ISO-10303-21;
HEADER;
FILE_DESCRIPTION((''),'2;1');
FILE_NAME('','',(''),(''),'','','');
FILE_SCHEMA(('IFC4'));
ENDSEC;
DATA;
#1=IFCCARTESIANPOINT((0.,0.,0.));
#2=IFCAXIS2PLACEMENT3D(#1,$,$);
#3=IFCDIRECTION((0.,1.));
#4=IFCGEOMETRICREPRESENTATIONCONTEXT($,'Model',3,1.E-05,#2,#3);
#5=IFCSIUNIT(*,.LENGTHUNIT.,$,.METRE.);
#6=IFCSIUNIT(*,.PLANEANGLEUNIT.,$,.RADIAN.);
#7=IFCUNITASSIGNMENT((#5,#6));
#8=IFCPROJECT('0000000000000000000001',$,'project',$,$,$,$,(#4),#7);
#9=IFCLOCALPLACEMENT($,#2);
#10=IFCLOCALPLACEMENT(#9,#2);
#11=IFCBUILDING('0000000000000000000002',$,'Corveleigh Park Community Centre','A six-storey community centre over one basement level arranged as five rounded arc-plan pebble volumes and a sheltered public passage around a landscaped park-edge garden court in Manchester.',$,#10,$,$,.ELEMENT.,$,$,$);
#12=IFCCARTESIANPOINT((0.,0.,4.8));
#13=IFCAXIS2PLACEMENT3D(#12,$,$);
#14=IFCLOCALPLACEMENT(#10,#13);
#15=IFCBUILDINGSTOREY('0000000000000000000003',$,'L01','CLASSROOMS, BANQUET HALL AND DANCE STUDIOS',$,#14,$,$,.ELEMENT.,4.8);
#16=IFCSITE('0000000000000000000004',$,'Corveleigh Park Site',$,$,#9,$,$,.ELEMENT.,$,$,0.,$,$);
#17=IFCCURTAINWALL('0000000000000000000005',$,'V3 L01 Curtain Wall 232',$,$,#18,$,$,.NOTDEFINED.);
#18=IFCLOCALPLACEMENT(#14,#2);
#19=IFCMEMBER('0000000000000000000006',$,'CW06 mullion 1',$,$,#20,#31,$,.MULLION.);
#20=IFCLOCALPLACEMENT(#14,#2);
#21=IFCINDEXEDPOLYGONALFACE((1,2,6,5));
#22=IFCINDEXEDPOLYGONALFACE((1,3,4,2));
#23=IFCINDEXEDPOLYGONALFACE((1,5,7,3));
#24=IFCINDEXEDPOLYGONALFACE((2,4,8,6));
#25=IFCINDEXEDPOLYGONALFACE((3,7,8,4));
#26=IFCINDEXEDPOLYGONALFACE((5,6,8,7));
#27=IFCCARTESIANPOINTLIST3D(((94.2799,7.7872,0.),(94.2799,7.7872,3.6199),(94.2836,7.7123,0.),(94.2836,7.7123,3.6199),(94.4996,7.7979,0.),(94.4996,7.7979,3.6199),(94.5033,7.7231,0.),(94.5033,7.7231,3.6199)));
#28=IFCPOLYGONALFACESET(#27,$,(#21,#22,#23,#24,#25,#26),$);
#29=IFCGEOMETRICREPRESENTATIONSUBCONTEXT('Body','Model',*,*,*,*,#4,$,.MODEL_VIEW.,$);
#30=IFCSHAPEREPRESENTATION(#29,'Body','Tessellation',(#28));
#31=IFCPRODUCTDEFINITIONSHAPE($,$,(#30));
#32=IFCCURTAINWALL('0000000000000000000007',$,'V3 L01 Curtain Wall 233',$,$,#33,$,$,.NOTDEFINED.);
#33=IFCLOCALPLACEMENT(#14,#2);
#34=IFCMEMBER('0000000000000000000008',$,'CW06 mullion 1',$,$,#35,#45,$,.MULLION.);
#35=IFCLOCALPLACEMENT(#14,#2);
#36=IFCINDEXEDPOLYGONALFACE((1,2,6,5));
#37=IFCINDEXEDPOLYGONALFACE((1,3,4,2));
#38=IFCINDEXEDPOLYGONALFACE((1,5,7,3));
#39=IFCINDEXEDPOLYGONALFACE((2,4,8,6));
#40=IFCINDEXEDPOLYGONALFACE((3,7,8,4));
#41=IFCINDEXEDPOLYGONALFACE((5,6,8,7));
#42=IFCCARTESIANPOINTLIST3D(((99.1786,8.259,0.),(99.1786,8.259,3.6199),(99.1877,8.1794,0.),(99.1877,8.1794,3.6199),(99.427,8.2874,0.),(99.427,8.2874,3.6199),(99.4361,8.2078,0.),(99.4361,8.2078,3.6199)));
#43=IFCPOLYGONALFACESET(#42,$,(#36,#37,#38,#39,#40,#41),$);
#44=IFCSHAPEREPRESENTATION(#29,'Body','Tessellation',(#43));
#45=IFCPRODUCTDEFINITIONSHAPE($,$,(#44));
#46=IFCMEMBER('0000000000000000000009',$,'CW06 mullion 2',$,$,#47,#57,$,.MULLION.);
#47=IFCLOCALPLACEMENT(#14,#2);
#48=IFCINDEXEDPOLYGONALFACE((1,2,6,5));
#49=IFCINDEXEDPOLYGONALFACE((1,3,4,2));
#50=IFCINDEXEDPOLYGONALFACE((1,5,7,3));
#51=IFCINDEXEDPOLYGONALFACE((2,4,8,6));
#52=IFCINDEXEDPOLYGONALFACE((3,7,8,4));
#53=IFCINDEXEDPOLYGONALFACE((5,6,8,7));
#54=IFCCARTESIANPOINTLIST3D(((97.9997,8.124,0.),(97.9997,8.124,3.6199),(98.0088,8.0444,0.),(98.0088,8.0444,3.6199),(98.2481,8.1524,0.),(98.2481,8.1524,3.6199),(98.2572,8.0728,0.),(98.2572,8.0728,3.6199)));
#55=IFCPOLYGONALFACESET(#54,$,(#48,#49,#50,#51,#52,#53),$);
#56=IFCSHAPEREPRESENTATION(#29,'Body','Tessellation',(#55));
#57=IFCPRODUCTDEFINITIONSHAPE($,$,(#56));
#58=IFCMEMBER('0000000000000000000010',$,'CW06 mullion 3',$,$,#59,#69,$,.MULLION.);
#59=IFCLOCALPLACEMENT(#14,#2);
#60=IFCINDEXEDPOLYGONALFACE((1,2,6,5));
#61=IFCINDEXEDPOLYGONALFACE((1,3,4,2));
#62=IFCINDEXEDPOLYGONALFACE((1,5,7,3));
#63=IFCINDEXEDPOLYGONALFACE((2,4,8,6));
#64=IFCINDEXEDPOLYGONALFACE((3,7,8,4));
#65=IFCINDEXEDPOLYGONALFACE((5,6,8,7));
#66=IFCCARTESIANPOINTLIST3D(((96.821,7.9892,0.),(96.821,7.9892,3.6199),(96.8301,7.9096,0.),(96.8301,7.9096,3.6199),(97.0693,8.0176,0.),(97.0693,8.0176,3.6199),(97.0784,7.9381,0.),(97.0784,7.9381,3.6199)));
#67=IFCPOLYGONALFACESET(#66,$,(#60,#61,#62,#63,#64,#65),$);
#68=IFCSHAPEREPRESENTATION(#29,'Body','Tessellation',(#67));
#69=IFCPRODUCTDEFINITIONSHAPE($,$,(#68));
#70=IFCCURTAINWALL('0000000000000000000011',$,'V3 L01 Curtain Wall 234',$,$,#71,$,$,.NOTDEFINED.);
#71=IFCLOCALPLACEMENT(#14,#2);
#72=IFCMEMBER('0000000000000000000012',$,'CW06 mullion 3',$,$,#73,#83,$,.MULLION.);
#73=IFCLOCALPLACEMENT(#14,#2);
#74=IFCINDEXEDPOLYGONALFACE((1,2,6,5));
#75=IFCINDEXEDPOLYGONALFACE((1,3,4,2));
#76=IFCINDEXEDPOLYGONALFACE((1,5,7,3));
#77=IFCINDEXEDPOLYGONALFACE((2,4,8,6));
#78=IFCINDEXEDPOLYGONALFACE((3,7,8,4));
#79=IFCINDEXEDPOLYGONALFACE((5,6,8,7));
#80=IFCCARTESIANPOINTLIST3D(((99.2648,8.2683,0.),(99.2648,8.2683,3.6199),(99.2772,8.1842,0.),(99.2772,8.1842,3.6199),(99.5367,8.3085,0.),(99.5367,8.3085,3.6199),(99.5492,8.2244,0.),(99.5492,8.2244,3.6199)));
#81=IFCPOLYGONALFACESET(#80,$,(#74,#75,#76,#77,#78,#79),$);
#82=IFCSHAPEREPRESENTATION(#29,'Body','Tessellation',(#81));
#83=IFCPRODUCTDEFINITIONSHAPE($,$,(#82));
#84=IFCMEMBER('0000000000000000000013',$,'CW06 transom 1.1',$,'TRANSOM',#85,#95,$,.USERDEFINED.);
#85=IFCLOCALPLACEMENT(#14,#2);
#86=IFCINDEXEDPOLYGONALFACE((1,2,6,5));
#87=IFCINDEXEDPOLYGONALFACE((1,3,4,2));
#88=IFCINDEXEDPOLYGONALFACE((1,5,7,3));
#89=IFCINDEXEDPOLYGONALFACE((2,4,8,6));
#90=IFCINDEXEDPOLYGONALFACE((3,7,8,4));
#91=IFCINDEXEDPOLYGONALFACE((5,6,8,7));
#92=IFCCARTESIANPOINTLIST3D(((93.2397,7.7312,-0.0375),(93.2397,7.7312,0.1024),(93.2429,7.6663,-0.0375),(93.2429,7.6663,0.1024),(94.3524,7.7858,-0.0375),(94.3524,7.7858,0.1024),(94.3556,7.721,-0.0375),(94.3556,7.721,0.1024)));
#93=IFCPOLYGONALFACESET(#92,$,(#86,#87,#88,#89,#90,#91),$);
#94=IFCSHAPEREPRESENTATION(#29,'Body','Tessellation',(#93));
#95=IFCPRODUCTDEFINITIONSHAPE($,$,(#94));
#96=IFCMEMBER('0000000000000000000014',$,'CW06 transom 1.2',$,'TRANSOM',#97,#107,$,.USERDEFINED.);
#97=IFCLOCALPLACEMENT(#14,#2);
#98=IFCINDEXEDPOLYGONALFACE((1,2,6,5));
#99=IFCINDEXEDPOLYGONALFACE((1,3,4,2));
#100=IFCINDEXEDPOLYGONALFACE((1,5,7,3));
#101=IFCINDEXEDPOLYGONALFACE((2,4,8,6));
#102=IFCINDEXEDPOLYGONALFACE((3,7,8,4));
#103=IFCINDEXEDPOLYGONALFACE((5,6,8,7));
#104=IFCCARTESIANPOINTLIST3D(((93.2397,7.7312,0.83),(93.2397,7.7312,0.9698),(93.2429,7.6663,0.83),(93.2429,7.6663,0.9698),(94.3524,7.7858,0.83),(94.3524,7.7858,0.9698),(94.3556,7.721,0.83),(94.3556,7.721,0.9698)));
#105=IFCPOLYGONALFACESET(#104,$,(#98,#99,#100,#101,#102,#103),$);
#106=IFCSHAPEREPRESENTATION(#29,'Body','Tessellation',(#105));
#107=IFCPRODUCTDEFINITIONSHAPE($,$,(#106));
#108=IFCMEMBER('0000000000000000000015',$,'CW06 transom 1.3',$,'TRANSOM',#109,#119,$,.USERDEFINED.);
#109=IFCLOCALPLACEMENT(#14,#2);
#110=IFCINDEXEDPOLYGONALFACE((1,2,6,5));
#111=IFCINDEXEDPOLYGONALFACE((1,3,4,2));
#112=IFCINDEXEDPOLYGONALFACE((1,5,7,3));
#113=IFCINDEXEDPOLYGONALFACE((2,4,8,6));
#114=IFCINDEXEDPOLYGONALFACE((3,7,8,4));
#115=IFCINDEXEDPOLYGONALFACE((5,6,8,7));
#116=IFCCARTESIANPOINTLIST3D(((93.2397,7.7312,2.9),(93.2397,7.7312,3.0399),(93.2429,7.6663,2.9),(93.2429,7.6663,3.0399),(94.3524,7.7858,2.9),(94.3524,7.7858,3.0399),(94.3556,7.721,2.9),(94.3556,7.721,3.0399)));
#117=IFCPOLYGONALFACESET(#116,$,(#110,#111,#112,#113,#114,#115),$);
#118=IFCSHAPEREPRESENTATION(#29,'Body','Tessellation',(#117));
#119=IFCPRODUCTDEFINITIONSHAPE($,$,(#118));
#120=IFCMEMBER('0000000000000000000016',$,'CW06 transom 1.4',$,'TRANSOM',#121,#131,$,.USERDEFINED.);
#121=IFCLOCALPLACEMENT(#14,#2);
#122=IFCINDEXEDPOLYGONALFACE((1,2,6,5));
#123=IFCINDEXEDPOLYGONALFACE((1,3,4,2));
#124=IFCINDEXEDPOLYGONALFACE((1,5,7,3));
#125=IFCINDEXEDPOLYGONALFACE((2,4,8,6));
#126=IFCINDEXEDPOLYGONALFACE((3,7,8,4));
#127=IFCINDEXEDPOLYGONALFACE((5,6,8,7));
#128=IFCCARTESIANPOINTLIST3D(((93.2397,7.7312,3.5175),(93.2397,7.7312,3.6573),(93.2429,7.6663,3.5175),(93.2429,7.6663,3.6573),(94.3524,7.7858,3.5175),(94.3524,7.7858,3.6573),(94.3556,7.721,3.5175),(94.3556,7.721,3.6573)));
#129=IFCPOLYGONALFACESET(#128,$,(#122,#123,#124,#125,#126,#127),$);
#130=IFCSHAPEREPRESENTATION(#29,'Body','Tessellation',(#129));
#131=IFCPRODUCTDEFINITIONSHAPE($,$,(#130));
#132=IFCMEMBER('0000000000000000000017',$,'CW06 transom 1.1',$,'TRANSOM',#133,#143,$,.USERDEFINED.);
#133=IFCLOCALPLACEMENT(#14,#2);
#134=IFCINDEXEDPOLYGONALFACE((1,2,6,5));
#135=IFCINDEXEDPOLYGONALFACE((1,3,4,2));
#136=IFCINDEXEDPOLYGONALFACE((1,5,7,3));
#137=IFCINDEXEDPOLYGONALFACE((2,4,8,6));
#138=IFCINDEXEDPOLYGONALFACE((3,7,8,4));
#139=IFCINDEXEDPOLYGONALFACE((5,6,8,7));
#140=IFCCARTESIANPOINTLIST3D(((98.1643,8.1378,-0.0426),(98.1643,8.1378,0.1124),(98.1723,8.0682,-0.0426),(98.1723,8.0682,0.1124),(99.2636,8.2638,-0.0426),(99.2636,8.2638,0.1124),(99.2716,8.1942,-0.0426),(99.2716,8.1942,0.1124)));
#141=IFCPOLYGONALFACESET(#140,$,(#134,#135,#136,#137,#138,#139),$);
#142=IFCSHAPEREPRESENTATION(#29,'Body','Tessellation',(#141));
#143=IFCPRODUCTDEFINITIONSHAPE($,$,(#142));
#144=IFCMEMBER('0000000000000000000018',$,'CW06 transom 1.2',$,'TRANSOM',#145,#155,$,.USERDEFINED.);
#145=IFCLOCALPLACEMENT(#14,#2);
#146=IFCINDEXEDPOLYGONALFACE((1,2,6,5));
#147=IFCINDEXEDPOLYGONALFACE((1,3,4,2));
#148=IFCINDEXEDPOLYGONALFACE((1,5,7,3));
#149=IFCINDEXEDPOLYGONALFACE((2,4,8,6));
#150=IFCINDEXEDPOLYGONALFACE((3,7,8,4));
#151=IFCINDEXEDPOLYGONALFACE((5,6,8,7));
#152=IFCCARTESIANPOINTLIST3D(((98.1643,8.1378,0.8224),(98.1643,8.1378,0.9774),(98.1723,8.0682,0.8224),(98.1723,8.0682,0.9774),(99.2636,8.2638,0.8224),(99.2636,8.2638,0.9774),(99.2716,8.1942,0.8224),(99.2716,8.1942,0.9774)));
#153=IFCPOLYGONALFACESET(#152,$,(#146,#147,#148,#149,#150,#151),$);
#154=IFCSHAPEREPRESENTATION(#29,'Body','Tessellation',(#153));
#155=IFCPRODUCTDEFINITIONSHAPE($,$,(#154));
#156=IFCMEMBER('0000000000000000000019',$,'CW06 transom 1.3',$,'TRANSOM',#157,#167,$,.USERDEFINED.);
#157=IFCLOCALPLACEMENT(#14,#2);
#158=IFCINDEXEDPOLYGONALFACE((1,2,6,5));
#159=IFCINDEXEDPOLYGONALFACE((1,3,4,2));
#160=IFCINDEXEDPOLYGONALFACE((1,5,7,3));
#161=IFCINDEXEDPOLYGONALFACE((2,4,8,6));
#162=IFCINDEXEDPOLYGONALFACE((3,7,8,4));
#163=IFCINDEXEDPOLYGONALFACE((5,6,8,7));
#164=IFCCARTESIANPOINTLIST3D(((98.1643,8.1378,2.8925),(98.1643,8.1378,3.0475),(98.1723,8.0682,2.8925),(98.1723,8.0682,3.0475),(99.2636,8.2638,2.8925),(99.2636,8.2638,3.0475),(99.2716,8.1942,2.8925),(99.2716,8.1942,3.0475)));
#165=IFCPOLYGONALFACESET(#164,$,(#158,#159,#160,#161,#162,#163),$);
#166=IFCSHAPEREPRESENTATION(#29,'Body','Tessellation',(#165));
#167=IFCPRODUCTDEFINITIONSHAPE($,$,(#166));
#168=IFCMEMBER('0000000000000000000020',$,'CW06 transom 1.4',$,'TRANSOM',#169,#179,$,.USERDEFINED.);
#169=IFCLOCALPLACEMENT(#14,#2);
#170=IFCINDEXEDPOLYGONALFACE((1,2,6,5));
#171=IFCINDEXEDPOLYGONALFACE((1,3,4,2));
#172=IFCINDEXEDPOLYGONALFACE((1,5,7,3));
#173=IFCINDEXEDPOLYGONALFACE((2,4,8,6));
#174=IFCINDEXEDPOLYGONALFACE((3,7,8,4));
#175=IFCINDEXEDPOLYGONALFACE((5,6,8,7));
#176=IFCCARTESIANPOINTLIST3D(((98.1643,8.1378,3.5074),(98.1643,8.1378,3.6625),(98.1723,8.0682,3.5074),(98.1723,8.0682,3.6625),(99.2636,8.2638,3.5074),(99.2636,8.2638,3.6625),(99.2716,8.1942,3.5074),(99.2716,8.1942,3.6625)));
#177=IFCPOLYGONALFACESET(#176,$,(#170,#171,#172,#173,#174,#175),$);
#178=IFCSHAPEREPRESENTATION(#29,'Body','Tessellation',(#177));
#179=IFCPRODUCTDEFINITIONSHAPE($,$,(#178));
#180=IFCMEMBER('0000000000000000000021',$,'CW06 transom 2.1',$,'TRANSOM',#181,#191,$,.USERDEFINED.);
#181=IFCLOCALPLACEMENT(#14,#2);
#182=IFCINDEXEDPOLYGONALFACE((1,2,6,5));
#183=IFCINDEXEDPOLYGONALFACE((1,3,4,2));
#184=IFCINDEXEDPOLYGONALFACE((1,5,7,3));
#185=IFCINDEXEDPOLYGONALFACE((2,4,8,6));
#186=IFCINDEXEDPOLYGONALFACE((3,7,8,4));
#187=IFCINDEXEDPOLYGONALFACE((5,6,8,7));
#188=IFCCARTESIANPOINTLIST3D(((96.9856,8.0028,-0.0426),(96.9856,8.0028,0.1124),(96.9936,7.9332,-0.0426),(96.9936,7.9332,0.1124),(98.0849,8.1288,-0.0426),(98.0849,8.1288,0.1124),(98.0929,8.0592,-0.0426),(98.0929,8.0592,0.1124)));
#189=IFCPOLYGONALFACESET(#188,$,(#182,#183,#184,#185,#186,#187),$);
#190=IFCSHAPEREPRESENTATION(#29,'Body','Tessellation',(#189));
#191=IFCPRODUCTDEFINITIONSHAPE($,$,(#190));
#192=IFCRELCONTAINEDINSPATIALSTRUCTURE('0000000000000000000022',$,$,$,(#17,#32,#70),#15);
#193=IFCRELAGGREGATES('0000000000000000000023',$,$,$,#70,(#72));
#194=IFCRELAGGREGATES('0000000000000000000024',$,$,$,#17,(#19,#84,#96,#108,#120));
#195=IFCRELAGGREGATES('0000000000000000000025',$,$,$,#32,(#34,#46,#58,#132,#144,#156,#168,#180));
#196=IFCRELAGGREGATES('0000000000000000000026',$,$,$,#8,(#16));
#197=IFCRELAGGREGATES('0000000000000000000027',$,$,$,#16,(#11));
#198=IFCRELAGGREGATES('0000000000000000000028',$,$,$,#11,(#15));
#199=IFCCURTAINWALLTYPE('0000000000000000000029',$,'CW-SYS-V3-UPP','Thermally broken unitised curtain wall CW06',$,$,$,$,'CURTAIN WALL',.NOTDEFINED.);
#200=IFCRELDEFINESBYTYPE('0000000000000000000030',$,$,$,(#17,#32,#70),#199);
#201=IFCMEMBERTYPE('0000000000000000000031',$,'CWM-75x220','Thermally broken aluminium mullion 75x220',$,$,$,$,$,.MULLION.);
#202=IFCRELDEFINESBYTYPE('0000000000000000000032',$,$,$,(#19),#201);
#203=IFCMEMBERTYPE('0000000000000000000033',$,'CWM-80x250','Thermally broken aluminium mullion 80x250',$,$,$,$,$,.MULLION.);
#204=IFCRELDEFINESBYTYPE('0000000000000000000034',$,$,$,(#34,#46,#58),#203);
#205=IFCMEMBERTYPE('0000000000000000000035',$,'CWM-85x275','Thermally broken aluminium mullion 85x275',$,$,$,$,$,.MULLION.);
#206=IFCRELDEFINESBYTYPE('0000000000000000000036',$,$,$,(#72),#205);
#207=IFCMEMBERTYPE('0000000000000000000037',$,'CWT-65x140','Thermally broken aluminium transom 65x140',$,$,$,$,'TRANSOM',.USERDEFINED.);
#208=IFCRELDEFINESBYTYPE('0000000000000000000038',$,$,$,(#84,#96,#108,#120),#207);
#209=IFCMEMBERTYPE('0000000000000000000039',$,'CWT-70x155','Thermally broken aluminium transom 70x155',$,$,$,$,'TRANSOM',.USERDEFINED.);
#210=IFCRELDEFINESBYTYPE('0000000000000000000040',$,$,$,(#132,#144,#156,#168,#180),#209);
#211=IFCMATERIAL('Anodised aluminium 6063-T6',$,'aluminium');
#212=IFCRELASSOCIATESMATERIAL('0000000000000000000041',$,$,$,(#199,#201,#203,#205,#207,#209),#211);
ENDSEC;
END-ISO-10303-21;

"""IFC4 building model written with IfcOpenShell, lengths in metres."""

from ifc_helpers import new_model, si_unit, direction, frame, origin, origin_2d, place, context, subcontext, project, spatial, rectangle, extrude, material, material_profile, profile_set, type_object, element, aggregate, save


model = new_model("IFC4")

# Units and contexts
model_context = context("Model", 3, precision=1e-05, world=origin(), true_north=direction((0.0, 1.0)))
body_context = subcontext(model_context, "Body", "Model", "MODEL_VIEW")
ifc_project = project(units=[si_unit("LENGTHUNIT", "METRE"), si_unit("PLANEANGLEUNIT", "RADIAN")], contexts=[model_context])

# Site, building, storey
site_placement = place(None, origin())
site = spatial("IfcSite", under=ifc_project, at=site_placement, Name="Corveleigh Park Site", CompositionType="ELEMENT", RefElevation=0.0)
building_placement = place(site_placement, origin())
building = spatial("IfcBuilding", under=site, at=building_placement, Name="Corveleigh Park Community Centre", Description="A six-storey community centre over one basement level arranged as five rounded arc-plan pebble volumes and a sheltered public passage around a landscaped park-edge garden court in Manchester.", CompositionType="ELEMENT")
storey_placement = place(building_placement, frame((0.0, 0.0, 4.8)))
storey = spatial("IfcBuildingStorey", under=building, at=storey_placement, Name="L01", Description="CLASSROOMS, BANQUET HALL AND DANCE STUDIOS", CompositionType="ELEMENT", Elevation=4.8)

# Curtain wall, member
ifc_material_1 = material(Name="Anodised aluminium 6063-T6", Category="aluminium")
curtain_wall_type = type_object("IfcCurtainWallType", Name="CW-SYS-V3-UPP", Description="Thermally broken unitised curtain wall CW06", ElementType="CURTAIN WALL", PredefinedType="NOTDEFINED", material=ifc_material_1)
curtain_wall_1_placement = place(storey_placement, origin())
curtain_wall_1 = element("IfcCurtainWall", 1, at=curtain_wall_1_placement, inside=storey, type_object=curtain_wall_type, Name="V3 L01 Curtain Wall 232", PredefinedType="NOTDEFINED")
ifc_material_profile_1 = material_profile(ifc_material_1, rectangle(XDim=0.075, YDim=0.22, at=origin_2d()), Name="ALU-M75x220", Category="aluminium")
ifc_profile_set_1 = profile_set([ifc_material_profile_1], Name="Anodised aluminium 6063-T6")
member_type_1 = type_object("IfcMemberType", Name="CWM-75x220", Description="Thermally broken aluminium mullion 75x220", PredefinedType="MULLION", material=ifc_profile_set_1)
member_1_placement = place(storey_placement, frame((94.3916, 7.7551, 0.0), z_axis=(0.0, 0.0, 1.0), x_axis=(0.048921, -0.998803, 0.0)))
member_1 = element("IfcMember", 2, at=member_1_placement, type_object=member_type_1, Name="CW06 mullion 1", PredefinedType="MULLION", context=body_context, shape_type="SweptSolid", body=[
    extrude(rectangle(XDim=0.075, YDim=0.22, at=origin_2d()), origin(), (0.0, 0.0, 1.0), 3.6199),
])

# Curtain wall, members
curtain_wall_2_placement = place(storey_placement, origin())
curtain_wall_2 = element("IfcCurtainWall", 3, at=curtain_wall_2_placement, inside=storey, type_object=curtain_wall_type, Name="V3 L01 Curtain Wall 233", PredefinedType="NOTDEFINED")
ifc_material_profile_2 = material_profile(ifc_material_1, rectangle(XDim=0.0801, YDim=0.25, at=origin_2d()), Name="ALU-M80x250", Category="aluminium")
ifc_profile_set_2 = profile_set([ifc_material_profile_2], Name="Anodised aluminium 6063-T6")
member_type_2 = type_object("IfcMemberType", Name="CWM-80x250", Description="Thermally broken aluminium mullion 80x250", PredefinedType="MULLION", material=ifc_profile_set_2)
member_2_placement = place(storey_placement, frame((99.3074, 8.2334, 0.0), z_axis=(0.0, 0.0, 1.0), x_axis=(0.113742, -0.99351, 0.0)))
member_2 = element("IfcMember", 4, at=member_2_placement, type_object=member_type_2, Name="CW06 mullion 1", PredefinedType="MULLION", context=body_context, shape_type="SweptSolid", body=[
    extrude(rectangle(XDim=0.0801, YDim=0.25, at=origin_2d()), origin(), (0.0, 0.0, 1.0), 3.6199),
])
member_3_placement = place(storey_placement, frame((98.1284, 8.0984, 0.0), z_axis=(0.0, 0.0, 1.0), x_axis=(0.113742, -0.99351, 0.0)))
member_3 = element("IfcMember", 5, at=member_3_placement, type_object=member_type_2, Name="CW06 mullion 2", PredefinedType="MULLION", context=body_context, shape_type="SweptSolid", body=[
    extrude(rectangle(XDim=0.0801, YDim=0.25, at=origin_2d()), origin(), (0.0, 0.0, 1.0), 3.6199),
])
member_4_placement = place(storey_placement, frame((96.9497, 7.9636, 0.0), z_axis=(0.0, 0.0, 1.0), x_axis=(0.113742, -0.99351, 0.0)))
member_4 = element("IfcMember", 6, at=member_4_placement, type_object=member_type_2, Name="CW06 mullion 3", PredefinedType="MULLION", context=body_context, shape_type="SweptSolid", body=[
    extrude(rectangle(XDim=0.0801, YDim=0.25, at=origin_2d()), origin(), (0.0, 0.0, 1.0), 3.6199),
])

# Curtain wall, member
curtain_wall_3_placement = place(storey_placement, origin())
curtain_wall_3 = element("IfcCurtainWall", 7, at=curtain_wall_3_placement, inside=storey, type_object=curtain_wall_type, Name="V3 L01 Curtain Wall 234", PredefinedType="NOTDEFINED")
ifc_material_profile_3 = material_profile(ifc_material_1, rectangle(XDim=0.085, YDim=0.2749, at=origin_2d()), Name="ALU-M85x275", Category="aluminium")
ifc_profile_set_3 = profile_set([ifc_material_profile_3], Name="Anodised aluminium 6063-T6")
member_type_3 = type_object("IfcMemberType", Name="CWM-85x275", Description="Thermally broken aluminium mullion 85x275", PredefinedType="MULLION", material=ifc_profile_set_3)
member_5_placement = place(storey_placement, frame((99.407, 8.2463, 0.0), z_axis=(0.0, 0.0, 1.0), x_axis=(0.146268, -0.989245, 0.0)))
member_5 = element("IfcMember", 8, at=member_5_placement, type_object=member_type_3, Name="CW06 mullion 3", PredefinedType="MULLION", context=body_context, shape_type="SweptSolid", body=[
    extrude(rectangle(XDim=0.085, YDim=0.2749, at=origin_2d()), origin(), (0.0, 0.0, 1.0), 3.6199),
])
aggregate(curtain_wall_3, [member_5])

# Members
ifc_material_profile_4 = material_profile(ifc_material_1, rectangle(XDim=0.0649, YDim=0.1399, at=origin_2d()), Name="ALU-T65x140", Category="aluminium")
ifc_profile_set_4 = profile_set([ifc_material_profile_4], Name="Anodised aluminium 6063-T6")
member_type_4 = type_object("IfcMemberType", Name="CWT-65x140", Description="Thermally broken aluminium transom 65x140", ElementType="TRANSOM", PredefinedType="USERDEFINED", material=ifc_profile_set_4)
member_6_placement = place(storey_placement, frame((94.354, 7.7534, 0.0325), z_axis=(-0.998794, -0.049096, 0.0), x_axis=(0.049096, -0.998794, 0.0)))
member_6 = element("IfcMember", 9, at=member_6_placement, type_object=member_type_4, Name="CW06 transom 1.1", ObjectType="TRANSOM", PredefinedType="USERDEFINED", context=body_context, shape_type="SweptSolid", body=[
    extrude(rectangle(XDim=0.0649, YDim=0.1399, at=origin_2d()), origin(), (0.0, 0.0, 1.0), 1.114),
])
member_7_placement = place(storey_placement, frame((94.354, 7.7534, 0.8999), z_axis=(-0.998794, -0.049096, 0.0), x_axis=(0.049096, -0.998794, 0.0)))
member_7 = element("IfcMember", 10, at=member_7_placement, type_object=member_type_4, Name="CW06 transom 1.2", ObjectType="TRANSOM", PredefinedType="USERDEFINED", context=body_context, shape_type="SweptSolid", body=[
    extrude(rectangle(XDim=0.0649, YDim=0.1399, at=origin_2d()), origin(), (0.0, 0.0, 1.0), 1.114),
])
member_8_placement = place(storey_placement, frame((94.354, 7.7534, 2.97), z_axis=(-0.998794, -0.049096, 0.0), x_axis=(0.049096, -0.998794, 0.0)))
member_8 = element("IfcMember", 11, at=member_8_placement, type_object=member_type_4, Name="CW06 transom 1.3", ObjectType="TRANSOM", PredefinedType="USERDEFINED", context=body_context, shape_type="SweptSolid", body=[
    extrude(rectangle(XDim=0.0649, YDim=0.1399, at=origin_2d()), origin(), (0.0, 0.0, 1.0), 1.114),
])
member_9_placement = place(storey_placement, frame((94.354, 7.7534, 3.5874), z_axis=(-0.998794, -0.049096, 0.0), x_axis=(0.049096, -0.998794, 0.0)))
member_9 = element("IfcMember", 12, at=member_9_placement, type_object=member_type_4, Name="CW06 transom 1.4", ObjectType="TRANSOM", PredefinedType="USERDEFINED", context=body_context, shape_type="SweptSolid", body=[
    extrude(rectangle(XDim=0.0649, YDim=0.1399, at=origin_2d()), origin(), (0.0, 0.0, 1.0), 1.114),
])
ifc_material_profile_5 = material_profile(ifc_material_1, rectangle(XDim=0.0701, YDim=0.155, at=origin_2d()), Name="ALU-T70x155", Category="aluminium")
ifc_profile_set_5 = profile_set([ifc_material_profile_5], Name="Anodised aluminium 6063-T6")
member_type_5 = type_object("IfcMemberType", Name="CWT-70x155", Description="Thermally broken aluminium transom 70x155", ElementType="TRANSOM", PredefinedType="USERDEFINED", material=ifc_profile_set_5)
member_10_placement = place(storey_placement, frame((99.2676, 8.229, 0.0349), z_axis=(-0.993498, -0.113845, 0.0), x_axis=(0.113845, -0.993498, 0.0)))
member_10 = element("IfcMember", 13, at=member_10_placement, type_object=member_type_5, Name="CW06 transom 1.1", ObjectType="TRANSOM", PredefinedType="USERDEFINED", context=body_context, shape_type="SweptSolid", body=[
    extrude(rectangle(XDim=0.0701, YDim=0.155, at=origin_2d()), origin(), (0.0, 0.0, 1.0), 1.1064),
])
member_11_placement = place(storey_placement, frame((99.2676, 8.229, 0.8999), z_axis=(-0.993498, -0.113845, 0.0), x_axis=(0.113845, -0.993498, 0.0)))
member_11 = element("IfcMember", 14, at=member_11_placement, type_object=member_type_5, Name="CW06 transom 1.2", ObjectType="TRANSOM", PredefinedType="USERDEFINED", context=body_context, shape_type="SweptSolid", body=[
    extrude(rectangle(XDim=0.0701, YDim=0.155, at=origin_2d()), origin(), (0.0, 0.0, 1.0), 1.1064),
])
member_12_placement = place(storey_placement, frame((99.2676, 8.229, 2.97), z_axis=(-0.993498, -0.113845, 0.0), x_axis=(0.113845, -0.993498, 0.0)))
member_12 = element("IfcMember", 15, at=member_12_placement, type_object=member_type_5, Name="CW06 transom 1.3", ObjectType="TRANSOM", PredefinedType="USERDEFINED", context=body_context, shape_type="SweptSolid", body=[
    extrude(rectangle(XDim=0.0701, YDim=0.155, at=origin_2d()), origin(), (0.0, 0.0, 1.0), 1.1064),
])
member_13_placement = place(storey_placement, frame((99.2676, 8.229, 3.585), z_axis=(-0.993498, -0.113845, 0.0), x_axis=(0.113845, -0.993498, 0.0)))
member_13 = element("IfcMember", 16, at=member_13_placement, type_object=member_type_5, Name="CW06 transom 1.4", ObjectType="TRANSOM", PredefinedType="USERDEFINED", context=body_context, shape_type="SweptSolid", body=[
    extrude(rectangle(XDim=0.0701, YDim=0.155, at=origin_2d()), origin(), (0.0, 0.0, 1.0), 1.1064),
])
member_14_placement = place(storey_placement, frame((98.0889, 8.094, 0.0349), z_axis=(-0.993498, -0.113845, 0.0), x_axis=(0.113845, -0.993498, 0.0)))
member_14 = element("IfcMember", 17, at=member_14_placement, type_object=member_type_5, Name="CW06 transom 2.1", ObjectType="TRANSOM", PredefinedType="USERDEFINED", context=body_context, shape_type="SweptSolid", body=[
    extrude(rectangle(XDim=0.0701, YDim=0.155, at=origin_2d()), origin(), (0.0, 0.0, 1.0), 1.1064),
])

aggregate(curtain_wall_1, [member_1, member_6, member_7, member_8, member_9])
aggregate(curtain_wall_2, [member_2, member_3, member_4, member_10, member_11, member_12, member_13, member_14])

save(model, "model.ifc")
